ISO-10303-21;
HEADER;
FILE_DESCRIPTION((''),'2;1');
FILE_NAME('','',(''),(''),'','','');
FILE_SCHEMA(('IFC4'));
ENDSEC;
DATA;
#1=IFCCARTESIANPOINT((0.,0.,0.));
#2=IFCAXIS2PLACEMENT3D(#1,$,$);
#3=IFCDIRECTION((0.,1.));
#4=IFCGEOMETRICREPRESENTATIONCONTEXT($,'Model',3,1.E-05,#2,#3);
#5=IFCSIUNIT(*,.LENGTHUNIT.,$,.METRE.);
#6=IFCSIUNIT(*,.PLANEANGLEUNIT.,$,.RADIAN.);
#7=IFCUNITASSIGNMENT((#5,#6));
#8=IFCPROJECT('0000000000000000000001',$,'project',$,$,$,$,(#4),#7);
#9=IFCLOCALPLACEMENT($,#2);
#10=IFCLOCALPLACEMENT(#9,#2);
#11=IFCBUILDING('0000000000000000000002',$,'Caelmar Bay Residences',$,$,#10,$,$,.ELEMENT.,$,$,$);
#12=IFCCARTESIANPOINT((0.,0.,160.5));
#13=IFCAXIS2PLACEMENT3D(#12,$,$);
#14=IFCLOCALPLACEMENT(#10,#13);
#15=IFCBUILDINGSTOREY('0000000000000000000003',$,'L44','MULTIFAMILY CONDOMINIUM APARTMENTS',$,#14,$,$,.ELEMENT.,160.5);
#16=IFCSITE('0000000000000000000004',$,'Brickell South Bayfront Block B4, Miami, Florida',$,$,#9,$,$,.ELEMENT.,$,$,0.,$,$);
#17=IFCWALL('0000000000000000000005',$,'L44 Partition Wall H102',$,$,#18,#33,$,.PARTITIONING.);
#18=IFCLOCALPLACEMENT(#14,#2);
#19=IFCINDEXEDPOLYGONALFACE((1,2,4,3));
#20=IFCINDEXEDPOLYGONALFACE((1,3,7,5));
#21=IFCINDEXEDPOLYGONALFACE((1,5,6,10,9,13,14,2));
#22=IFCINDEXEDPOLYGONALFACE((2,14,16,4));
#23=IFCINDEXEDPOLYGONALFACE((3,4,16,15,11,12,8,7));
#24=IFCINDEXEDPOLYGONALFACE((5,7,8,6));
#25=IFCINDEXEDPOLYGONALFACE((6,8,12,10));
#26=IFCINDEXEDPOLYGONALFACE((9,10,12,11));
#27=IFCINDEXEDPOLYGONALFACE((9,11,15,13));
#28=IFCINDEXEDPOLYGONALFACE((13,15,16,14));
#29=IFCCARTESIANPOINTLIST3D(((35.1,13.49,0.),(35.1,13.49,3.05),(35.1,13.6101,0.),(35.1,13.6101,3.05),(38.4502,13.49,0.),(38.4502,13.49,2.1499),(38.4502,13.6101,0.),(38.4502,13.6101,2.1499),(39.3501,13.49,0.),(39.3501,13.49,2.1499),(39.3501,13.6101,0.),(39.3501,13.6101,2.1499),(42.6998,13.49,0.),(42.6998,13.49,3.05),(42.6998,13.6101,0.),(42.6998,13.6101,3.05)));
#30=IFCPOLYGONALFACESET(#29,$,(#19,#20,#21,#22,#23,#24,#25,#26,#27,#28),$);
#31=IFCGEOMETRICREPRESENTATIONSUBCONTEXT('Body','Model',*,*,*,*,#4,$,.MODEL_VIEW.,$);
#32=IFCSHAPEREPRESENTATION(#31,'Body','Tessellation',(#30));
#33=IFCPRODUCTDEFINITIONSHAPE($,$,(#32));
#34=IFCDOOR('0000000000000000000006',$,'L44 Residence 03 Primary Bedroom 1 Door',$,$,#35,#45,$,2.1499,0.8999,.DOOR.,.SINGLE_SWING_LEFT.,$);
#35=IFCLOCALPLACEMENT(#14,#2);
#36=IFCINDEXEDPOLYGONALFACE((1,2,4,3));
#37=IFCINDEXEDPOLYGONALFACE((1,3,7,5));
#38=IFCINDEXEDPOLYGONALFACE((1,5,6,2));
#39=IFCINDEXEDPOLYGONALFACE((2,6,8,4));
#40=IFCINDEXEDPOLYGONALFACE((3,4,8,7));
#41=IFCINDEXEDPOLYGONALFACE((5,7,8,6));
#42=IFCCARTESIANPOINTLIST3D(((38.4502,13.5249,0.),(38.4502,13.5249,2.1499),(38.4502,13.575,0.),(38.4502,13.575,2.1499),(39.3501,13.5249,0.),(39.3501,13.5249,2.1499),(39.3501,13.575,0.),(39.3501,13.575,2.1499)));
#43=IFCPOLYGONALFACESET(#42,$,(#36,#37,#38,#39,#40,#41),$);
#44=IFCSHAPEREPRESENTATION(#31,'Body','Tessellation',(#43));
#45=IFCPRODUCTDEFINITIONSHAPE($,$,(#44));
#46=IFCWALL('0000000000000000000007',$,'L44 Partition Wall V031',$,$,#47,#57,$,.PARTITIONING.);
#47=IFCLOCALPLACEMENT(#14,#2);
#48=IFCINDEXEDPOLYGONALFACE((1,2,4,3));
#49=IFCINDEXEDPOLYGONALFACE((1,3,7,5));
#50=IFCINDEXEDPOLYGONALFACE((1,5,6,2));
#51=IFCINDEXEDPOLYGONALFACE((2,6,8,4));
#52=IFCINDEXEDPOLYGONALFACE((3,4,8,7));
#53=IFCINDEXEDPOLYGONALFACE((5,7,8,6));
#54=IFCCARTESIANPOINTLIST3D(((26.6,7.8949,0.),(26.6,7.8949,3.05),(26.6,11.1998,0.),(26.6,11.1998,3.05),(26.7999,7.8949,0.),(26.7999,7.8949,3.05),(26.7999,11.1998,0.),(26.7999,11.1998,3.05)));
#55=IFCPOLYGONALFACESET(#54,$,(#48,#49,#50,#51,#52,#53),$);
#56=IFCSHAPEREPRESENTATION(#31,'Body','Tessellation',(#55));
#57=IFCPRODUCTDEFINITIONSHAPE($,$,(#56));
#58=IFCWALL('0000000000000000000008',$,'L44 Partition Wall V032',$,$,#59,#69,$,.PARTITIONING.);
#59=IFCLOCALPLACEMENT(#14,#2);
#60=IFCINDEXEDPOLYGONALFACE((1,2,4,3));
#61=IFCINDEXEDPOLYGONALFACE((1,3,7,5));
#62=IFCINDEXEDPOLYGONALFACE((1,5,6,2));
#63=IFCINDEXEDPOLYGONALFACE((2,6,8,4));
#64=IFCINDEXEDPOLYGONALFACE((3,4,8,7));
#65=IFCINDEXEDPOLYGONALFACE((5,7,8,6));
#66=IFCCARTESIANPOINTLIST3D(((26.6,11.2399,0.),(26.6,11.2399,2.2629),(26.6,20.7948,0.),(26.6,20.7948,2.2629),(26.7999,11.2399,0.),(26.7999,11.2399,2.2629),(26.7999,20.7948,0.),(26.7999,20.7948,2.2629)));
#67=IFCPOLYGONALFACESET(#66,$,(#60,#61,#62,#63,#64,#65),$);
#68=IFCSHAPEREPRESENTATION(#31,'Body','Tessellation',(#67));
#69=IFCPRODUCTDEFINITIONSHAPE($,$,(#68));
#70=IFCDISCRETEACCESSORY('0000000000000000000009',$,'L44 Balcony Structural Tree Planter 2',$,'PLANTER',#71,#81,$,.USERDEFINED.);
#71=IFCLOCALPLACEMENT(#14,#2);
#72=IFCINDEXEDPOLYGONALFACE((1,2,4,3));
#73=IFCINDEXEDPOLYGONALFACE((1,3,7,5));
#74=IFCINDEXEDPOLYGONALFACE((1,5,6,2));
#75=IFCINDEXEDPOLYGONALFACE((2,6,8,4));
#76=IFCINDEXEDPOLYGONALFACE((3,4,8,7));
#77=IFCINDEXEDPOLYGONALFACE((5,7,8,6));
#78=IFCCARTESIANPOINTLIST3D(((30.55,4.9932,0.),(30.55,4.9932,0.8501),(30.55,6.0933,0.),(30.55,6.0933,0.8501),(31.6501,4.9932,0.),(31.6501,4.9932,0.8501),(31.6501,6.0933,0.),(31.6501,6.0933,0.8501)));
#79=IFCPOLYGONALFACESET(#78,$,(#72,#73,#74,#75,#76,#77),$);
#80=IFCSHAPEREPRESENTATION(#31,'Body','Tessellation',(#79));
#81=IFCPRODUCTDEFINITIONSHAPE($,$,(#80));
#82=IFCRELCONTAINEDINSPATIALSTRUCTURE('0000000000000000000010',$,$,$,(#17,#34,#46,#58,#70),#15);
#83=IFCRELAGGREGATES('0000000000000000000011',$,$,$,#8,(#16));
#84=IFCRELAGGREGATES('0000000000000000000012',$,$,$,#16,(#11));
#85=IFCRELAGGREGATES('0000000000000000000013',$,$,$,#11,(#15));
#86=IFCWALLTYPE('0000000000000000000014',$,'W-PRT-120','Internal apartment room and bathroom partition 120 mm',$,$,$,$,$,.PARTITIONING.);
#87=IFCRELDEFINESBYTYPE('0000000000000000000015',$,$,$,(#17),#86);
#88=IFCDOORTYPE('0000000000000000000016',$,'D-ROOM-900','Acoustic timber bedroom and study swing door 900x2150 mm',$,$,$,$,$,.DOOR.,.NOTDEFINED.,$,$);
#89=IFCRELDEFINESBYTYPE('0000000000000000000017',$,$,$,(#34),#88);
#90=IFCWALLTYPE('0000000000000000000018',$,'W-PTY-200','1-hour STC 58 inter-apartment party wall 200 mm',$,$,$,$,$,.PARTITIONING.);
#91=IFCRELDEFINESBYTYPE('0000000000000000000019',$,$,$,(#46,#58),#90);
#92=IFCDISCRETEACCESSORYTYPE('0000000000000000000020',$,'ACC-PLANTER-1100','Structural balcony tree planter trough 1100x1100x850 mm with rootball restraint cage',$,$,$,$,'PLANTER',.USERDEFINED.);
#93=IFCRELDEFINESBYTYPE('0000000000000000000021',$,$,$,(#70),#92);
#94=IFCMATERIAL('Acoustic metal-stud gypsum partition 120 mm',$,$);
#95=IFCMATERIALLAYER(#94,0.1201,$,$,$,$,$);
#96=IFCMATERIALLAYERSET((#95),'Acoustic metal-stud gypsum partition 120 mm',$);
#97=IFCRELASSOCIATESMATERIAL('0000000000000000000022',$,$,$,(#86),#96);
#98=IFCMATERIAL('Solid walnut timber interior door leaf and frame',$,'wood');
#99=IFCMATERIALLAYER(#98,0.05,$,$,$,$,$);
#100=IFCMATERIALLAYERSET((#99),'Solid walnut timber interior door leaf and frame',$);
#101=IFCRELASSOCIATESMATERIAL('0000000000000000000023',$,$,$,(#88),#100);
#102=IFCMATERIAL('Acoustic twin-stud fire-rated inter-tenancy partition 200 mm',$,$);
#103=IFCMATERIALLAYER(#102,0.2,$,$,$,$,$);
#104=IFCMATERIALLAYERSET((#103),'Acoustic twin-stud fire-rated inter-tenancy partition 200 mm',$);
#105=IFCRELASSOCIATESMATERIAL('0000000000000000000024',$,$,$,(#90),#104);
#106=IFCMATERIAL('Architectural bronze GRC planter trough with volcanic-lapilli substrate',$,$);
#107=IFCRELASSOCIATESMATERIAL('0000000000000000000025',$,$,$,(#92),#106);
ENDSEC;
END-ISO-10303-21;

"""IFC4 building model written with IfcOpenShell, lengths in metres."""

from ifc_helpers import new_model, si_unit, direction, frame, frame_2d, origin, origin_2d, place, context, subcontext, project, spatial, rectangle, extrude, material, layer, layer_set, type_object, element, fill, save


model = new_model("IFC4")

# Units and contexts
model_context = context("Model", 3, precision=1e-05, world=origin(), true_north=direction((0.0, 1.0)))
body_context = subcontext(model_context, "Body", "Model", "MODEL_VIEW")
ifc_project = project(units=[si_unit("LENGTHUNIT", "METRE"), si_unit("PLANEANGLEUNIT", "RADIAN")], contexts=[model_context])

# Site, building, storey
site_placement = place(None, origin())
site = spatial("IfcSite", under=ifc_project, at=site_placement, Name="Brickell South Bayfront Block B4, Miami, Florida", CompositionType="ELEMENT", RefElevation=0.0)
building_placement = place(site_placement, origin())
building = spatial("IfcBuilding", under=site, at=building_placement, Name="Caelmar Bay Residences", CompositionType="ELEMENT")
storey_placement = place(building_placement, frame((0.0, 0.0, 160.5)))
storey = spatial("IfcBuildingStorey", under=building, at=storey_placement, Name="L44", Description="MULTIFAMILY CONDOMINIUM APARTMENTS", CompositionType="ELEMENT", Elevation=160.5)

# Shared definitions
ifc_material_1 = material(Name="Acoustic metal-stud gypsum partition 120 mm")
ifc_layer_1 = layer(ifc_material_1, 0.1201)
ifc_layer_set_1 = layer_set([ifc_layer_1], Name="Acoustic metal-stud gypsum partition 120 mm")
wall_type_1 = type_object("IfcWallType", Name="W-PRT-120", Description="Internal apartment room and bathroom partition 120 mm", PredefinedType="PARTITIONING", material=ifc_layer_set_1)

# Wall, opening, door
wall_1_placement = place(storey_placement, frame((35.1001, 13.55, 0.0), z_axis=(0.0, 0.0, 1.0), x_axis=(1.0, 0.0, 0.0)))
wall_1 = element("IfcWall", 1, at=wall_1_placement, inside=storey, type_object=wall_type_1, Name="L44 Partition Wall H102", PredefinedType="PARTITIONING", context=body_context, shape_type="SweptSolid", body=[
    extrude(rectangle(XDim=7.5999, YDim=0.1201, at=frame_2d((3.7998, 0.0))), origin(), (0.0, 0.0, 1.0), 3.05),
])
opening_placement = place(wall_1_placement, frame((3.3501, 0.0, 0.0)))
opening = element("IfcOpeningElement", 2, at=opening_placement, cuts=wall_1, PredefinedType="OPENING", context=body_context, shape_type="SweptSolid", body=[
    extrude(rectangle(XDim=0.8999, YDim=2.1499, at=frame_2d((0.45, 1.075))), frame((0.0, 0.0701, 0.0), z_axis=(0.0, -1.0, 0.0), x_axis=(1.0, 0.0, 0.0)), (0.0, 0.0, 1.0), 0.1401),
])
ifc_material_2 = material(Name="Solid walnut timber interior door leaf and frame", Category="wood")
ifc_layer_2 = layer(ifc_material_2, 0.05)
ifc_layer_set_2 = layer_set([ifc_layer_2], Name="Solid walnut timber interior door leaf and frame")
door_type = type_object("IfcDoorType", Name="D-ROOM-900", Description="Acoustic timber bedroom and study swing door 900x2150 mm", OperationType="NOTDEFINED", PredefinedType="DOOR", material=ifc_layer_set_2)
door_placement = place(opening_placement, origin())
door = element("IfcDoor", 3, at=door_placement, inside=storey, type_object=door_type, Name="L44 Residence 03 Primary Bedroom 1 Door", OperationType="SINGLE_SWING_LEFT", OverallHeight=2.1499, OverallWidth=0.8999, PredefinedType="DOOR", context=body_context, shape_type="SweptSolid", body=[
    extrude(rectangle(XDim=0.8999, YDim=2.1499, at=frame_2d((0.45, 1.075))), frame((0.0, 0.0249, 0.0), z_axis=(0.0, -1.0, 0.0), x_axis=(1.0, 0.0, 0.0)), (0.0, 0.0, 1.0), 0.05),
])
fill(opening, door)

# Walls
ifc_material_3 = material(Name="Acoustic twin-stud fire-rated inter-tenancy partition 200 mm")
ifc_layer_3 = layer(ifc_material_3, 0.2)
ifc_layer_set_3 = layer_set([ifc_layer_3], Name="Acoustic twin-stud fire-rated inter-tenancy partition 200 mm")
wall_type_2 = type_object("IfcWallType", Name="W-PTY-200", Description="1-hour STC 58 inter-apartment party wall 200 mm", PredefinedType="PARTITIONING", material=ifc_layer_set_3)
wall_2_placement = place(storey_placement, frame((26.7, 7.895, 0.0), z_axis=(0.0, 0.0, 1.0), x_axis=(0.0, 1.0, 0.0)))
element("IfcWall", 4, at=wall_2_placement, inside=storey, type_object=wall_type_2, Name="L44 Partition Wall V031", PredefinedType="PARTITIONING", context=body_context, shape_type="SweptSolid", body=[
    extrude(rectangle(XDim=3.3049, YDim=0.2, at=frame_2d((1.6523, 0.0))), origin(), (0.0, 0.0, 1.0), 3.05),
])
wall_3_placement = place(storey_placement, frame((26.7, 11.24, 0.0), z_axis=(0.0, 0.0, 1.0), x_axis=(0.0, 1.0, 0.0)))
element("IfcWall", 5, at=wall_3_placement, inside=storey, type_object=wall_type_2, Name="L44 Partition Wall V032", PredefinedType="PARTITIONING", context=body_context, shape_type="SweptSolid", body=[
    extrude(rectangle(XDim=9.5549, YDim=0.2, at=frame_2d((4.7773, 0.0))), origin(), (0.0, 0.0, 1.0), 2.2629),
])

# Discrete accessory
ifc_material_4 = material(Name="Architectural bronze GRC planter trough with volcanic-lapilli substrate")
discrete_accessory_type = type_object("IfcDiscreteAccessoryType", Name="ACC-PLANTER-1100", Description="Structural balcony tree planter trough 1100x1100x850 mm with rootball restraint cage", ElementType="PLANTER", PredefinedType="USERDEFINED", material=ifc_material_4)
discrete_accessory_placement = place(storey_placement, frame((31.1001, 5.5432, 0.0), z_axis=(0.0, 0.0, 1.0), x_axis=(1.0, 0.0, 0.0)))
element("IfcDiscreteAccessory", 6, at=discrete_accessory_placement, inside=storey, type_object=discrete_accessory_type, Name="L44 Balcony Structural Tree Planter 2", ObjectType="PLANTER", PredefinedType="USERDEFINED", context=body_context, shape_type="SweptSolid", body=[
    extrude(rectangle(XDim=1.1001, YDim=1.1001, at=origin_2d()), origin(), (0.0, 0.0, 1.0), 0.8501),
])

save(model, "model.ifc")
